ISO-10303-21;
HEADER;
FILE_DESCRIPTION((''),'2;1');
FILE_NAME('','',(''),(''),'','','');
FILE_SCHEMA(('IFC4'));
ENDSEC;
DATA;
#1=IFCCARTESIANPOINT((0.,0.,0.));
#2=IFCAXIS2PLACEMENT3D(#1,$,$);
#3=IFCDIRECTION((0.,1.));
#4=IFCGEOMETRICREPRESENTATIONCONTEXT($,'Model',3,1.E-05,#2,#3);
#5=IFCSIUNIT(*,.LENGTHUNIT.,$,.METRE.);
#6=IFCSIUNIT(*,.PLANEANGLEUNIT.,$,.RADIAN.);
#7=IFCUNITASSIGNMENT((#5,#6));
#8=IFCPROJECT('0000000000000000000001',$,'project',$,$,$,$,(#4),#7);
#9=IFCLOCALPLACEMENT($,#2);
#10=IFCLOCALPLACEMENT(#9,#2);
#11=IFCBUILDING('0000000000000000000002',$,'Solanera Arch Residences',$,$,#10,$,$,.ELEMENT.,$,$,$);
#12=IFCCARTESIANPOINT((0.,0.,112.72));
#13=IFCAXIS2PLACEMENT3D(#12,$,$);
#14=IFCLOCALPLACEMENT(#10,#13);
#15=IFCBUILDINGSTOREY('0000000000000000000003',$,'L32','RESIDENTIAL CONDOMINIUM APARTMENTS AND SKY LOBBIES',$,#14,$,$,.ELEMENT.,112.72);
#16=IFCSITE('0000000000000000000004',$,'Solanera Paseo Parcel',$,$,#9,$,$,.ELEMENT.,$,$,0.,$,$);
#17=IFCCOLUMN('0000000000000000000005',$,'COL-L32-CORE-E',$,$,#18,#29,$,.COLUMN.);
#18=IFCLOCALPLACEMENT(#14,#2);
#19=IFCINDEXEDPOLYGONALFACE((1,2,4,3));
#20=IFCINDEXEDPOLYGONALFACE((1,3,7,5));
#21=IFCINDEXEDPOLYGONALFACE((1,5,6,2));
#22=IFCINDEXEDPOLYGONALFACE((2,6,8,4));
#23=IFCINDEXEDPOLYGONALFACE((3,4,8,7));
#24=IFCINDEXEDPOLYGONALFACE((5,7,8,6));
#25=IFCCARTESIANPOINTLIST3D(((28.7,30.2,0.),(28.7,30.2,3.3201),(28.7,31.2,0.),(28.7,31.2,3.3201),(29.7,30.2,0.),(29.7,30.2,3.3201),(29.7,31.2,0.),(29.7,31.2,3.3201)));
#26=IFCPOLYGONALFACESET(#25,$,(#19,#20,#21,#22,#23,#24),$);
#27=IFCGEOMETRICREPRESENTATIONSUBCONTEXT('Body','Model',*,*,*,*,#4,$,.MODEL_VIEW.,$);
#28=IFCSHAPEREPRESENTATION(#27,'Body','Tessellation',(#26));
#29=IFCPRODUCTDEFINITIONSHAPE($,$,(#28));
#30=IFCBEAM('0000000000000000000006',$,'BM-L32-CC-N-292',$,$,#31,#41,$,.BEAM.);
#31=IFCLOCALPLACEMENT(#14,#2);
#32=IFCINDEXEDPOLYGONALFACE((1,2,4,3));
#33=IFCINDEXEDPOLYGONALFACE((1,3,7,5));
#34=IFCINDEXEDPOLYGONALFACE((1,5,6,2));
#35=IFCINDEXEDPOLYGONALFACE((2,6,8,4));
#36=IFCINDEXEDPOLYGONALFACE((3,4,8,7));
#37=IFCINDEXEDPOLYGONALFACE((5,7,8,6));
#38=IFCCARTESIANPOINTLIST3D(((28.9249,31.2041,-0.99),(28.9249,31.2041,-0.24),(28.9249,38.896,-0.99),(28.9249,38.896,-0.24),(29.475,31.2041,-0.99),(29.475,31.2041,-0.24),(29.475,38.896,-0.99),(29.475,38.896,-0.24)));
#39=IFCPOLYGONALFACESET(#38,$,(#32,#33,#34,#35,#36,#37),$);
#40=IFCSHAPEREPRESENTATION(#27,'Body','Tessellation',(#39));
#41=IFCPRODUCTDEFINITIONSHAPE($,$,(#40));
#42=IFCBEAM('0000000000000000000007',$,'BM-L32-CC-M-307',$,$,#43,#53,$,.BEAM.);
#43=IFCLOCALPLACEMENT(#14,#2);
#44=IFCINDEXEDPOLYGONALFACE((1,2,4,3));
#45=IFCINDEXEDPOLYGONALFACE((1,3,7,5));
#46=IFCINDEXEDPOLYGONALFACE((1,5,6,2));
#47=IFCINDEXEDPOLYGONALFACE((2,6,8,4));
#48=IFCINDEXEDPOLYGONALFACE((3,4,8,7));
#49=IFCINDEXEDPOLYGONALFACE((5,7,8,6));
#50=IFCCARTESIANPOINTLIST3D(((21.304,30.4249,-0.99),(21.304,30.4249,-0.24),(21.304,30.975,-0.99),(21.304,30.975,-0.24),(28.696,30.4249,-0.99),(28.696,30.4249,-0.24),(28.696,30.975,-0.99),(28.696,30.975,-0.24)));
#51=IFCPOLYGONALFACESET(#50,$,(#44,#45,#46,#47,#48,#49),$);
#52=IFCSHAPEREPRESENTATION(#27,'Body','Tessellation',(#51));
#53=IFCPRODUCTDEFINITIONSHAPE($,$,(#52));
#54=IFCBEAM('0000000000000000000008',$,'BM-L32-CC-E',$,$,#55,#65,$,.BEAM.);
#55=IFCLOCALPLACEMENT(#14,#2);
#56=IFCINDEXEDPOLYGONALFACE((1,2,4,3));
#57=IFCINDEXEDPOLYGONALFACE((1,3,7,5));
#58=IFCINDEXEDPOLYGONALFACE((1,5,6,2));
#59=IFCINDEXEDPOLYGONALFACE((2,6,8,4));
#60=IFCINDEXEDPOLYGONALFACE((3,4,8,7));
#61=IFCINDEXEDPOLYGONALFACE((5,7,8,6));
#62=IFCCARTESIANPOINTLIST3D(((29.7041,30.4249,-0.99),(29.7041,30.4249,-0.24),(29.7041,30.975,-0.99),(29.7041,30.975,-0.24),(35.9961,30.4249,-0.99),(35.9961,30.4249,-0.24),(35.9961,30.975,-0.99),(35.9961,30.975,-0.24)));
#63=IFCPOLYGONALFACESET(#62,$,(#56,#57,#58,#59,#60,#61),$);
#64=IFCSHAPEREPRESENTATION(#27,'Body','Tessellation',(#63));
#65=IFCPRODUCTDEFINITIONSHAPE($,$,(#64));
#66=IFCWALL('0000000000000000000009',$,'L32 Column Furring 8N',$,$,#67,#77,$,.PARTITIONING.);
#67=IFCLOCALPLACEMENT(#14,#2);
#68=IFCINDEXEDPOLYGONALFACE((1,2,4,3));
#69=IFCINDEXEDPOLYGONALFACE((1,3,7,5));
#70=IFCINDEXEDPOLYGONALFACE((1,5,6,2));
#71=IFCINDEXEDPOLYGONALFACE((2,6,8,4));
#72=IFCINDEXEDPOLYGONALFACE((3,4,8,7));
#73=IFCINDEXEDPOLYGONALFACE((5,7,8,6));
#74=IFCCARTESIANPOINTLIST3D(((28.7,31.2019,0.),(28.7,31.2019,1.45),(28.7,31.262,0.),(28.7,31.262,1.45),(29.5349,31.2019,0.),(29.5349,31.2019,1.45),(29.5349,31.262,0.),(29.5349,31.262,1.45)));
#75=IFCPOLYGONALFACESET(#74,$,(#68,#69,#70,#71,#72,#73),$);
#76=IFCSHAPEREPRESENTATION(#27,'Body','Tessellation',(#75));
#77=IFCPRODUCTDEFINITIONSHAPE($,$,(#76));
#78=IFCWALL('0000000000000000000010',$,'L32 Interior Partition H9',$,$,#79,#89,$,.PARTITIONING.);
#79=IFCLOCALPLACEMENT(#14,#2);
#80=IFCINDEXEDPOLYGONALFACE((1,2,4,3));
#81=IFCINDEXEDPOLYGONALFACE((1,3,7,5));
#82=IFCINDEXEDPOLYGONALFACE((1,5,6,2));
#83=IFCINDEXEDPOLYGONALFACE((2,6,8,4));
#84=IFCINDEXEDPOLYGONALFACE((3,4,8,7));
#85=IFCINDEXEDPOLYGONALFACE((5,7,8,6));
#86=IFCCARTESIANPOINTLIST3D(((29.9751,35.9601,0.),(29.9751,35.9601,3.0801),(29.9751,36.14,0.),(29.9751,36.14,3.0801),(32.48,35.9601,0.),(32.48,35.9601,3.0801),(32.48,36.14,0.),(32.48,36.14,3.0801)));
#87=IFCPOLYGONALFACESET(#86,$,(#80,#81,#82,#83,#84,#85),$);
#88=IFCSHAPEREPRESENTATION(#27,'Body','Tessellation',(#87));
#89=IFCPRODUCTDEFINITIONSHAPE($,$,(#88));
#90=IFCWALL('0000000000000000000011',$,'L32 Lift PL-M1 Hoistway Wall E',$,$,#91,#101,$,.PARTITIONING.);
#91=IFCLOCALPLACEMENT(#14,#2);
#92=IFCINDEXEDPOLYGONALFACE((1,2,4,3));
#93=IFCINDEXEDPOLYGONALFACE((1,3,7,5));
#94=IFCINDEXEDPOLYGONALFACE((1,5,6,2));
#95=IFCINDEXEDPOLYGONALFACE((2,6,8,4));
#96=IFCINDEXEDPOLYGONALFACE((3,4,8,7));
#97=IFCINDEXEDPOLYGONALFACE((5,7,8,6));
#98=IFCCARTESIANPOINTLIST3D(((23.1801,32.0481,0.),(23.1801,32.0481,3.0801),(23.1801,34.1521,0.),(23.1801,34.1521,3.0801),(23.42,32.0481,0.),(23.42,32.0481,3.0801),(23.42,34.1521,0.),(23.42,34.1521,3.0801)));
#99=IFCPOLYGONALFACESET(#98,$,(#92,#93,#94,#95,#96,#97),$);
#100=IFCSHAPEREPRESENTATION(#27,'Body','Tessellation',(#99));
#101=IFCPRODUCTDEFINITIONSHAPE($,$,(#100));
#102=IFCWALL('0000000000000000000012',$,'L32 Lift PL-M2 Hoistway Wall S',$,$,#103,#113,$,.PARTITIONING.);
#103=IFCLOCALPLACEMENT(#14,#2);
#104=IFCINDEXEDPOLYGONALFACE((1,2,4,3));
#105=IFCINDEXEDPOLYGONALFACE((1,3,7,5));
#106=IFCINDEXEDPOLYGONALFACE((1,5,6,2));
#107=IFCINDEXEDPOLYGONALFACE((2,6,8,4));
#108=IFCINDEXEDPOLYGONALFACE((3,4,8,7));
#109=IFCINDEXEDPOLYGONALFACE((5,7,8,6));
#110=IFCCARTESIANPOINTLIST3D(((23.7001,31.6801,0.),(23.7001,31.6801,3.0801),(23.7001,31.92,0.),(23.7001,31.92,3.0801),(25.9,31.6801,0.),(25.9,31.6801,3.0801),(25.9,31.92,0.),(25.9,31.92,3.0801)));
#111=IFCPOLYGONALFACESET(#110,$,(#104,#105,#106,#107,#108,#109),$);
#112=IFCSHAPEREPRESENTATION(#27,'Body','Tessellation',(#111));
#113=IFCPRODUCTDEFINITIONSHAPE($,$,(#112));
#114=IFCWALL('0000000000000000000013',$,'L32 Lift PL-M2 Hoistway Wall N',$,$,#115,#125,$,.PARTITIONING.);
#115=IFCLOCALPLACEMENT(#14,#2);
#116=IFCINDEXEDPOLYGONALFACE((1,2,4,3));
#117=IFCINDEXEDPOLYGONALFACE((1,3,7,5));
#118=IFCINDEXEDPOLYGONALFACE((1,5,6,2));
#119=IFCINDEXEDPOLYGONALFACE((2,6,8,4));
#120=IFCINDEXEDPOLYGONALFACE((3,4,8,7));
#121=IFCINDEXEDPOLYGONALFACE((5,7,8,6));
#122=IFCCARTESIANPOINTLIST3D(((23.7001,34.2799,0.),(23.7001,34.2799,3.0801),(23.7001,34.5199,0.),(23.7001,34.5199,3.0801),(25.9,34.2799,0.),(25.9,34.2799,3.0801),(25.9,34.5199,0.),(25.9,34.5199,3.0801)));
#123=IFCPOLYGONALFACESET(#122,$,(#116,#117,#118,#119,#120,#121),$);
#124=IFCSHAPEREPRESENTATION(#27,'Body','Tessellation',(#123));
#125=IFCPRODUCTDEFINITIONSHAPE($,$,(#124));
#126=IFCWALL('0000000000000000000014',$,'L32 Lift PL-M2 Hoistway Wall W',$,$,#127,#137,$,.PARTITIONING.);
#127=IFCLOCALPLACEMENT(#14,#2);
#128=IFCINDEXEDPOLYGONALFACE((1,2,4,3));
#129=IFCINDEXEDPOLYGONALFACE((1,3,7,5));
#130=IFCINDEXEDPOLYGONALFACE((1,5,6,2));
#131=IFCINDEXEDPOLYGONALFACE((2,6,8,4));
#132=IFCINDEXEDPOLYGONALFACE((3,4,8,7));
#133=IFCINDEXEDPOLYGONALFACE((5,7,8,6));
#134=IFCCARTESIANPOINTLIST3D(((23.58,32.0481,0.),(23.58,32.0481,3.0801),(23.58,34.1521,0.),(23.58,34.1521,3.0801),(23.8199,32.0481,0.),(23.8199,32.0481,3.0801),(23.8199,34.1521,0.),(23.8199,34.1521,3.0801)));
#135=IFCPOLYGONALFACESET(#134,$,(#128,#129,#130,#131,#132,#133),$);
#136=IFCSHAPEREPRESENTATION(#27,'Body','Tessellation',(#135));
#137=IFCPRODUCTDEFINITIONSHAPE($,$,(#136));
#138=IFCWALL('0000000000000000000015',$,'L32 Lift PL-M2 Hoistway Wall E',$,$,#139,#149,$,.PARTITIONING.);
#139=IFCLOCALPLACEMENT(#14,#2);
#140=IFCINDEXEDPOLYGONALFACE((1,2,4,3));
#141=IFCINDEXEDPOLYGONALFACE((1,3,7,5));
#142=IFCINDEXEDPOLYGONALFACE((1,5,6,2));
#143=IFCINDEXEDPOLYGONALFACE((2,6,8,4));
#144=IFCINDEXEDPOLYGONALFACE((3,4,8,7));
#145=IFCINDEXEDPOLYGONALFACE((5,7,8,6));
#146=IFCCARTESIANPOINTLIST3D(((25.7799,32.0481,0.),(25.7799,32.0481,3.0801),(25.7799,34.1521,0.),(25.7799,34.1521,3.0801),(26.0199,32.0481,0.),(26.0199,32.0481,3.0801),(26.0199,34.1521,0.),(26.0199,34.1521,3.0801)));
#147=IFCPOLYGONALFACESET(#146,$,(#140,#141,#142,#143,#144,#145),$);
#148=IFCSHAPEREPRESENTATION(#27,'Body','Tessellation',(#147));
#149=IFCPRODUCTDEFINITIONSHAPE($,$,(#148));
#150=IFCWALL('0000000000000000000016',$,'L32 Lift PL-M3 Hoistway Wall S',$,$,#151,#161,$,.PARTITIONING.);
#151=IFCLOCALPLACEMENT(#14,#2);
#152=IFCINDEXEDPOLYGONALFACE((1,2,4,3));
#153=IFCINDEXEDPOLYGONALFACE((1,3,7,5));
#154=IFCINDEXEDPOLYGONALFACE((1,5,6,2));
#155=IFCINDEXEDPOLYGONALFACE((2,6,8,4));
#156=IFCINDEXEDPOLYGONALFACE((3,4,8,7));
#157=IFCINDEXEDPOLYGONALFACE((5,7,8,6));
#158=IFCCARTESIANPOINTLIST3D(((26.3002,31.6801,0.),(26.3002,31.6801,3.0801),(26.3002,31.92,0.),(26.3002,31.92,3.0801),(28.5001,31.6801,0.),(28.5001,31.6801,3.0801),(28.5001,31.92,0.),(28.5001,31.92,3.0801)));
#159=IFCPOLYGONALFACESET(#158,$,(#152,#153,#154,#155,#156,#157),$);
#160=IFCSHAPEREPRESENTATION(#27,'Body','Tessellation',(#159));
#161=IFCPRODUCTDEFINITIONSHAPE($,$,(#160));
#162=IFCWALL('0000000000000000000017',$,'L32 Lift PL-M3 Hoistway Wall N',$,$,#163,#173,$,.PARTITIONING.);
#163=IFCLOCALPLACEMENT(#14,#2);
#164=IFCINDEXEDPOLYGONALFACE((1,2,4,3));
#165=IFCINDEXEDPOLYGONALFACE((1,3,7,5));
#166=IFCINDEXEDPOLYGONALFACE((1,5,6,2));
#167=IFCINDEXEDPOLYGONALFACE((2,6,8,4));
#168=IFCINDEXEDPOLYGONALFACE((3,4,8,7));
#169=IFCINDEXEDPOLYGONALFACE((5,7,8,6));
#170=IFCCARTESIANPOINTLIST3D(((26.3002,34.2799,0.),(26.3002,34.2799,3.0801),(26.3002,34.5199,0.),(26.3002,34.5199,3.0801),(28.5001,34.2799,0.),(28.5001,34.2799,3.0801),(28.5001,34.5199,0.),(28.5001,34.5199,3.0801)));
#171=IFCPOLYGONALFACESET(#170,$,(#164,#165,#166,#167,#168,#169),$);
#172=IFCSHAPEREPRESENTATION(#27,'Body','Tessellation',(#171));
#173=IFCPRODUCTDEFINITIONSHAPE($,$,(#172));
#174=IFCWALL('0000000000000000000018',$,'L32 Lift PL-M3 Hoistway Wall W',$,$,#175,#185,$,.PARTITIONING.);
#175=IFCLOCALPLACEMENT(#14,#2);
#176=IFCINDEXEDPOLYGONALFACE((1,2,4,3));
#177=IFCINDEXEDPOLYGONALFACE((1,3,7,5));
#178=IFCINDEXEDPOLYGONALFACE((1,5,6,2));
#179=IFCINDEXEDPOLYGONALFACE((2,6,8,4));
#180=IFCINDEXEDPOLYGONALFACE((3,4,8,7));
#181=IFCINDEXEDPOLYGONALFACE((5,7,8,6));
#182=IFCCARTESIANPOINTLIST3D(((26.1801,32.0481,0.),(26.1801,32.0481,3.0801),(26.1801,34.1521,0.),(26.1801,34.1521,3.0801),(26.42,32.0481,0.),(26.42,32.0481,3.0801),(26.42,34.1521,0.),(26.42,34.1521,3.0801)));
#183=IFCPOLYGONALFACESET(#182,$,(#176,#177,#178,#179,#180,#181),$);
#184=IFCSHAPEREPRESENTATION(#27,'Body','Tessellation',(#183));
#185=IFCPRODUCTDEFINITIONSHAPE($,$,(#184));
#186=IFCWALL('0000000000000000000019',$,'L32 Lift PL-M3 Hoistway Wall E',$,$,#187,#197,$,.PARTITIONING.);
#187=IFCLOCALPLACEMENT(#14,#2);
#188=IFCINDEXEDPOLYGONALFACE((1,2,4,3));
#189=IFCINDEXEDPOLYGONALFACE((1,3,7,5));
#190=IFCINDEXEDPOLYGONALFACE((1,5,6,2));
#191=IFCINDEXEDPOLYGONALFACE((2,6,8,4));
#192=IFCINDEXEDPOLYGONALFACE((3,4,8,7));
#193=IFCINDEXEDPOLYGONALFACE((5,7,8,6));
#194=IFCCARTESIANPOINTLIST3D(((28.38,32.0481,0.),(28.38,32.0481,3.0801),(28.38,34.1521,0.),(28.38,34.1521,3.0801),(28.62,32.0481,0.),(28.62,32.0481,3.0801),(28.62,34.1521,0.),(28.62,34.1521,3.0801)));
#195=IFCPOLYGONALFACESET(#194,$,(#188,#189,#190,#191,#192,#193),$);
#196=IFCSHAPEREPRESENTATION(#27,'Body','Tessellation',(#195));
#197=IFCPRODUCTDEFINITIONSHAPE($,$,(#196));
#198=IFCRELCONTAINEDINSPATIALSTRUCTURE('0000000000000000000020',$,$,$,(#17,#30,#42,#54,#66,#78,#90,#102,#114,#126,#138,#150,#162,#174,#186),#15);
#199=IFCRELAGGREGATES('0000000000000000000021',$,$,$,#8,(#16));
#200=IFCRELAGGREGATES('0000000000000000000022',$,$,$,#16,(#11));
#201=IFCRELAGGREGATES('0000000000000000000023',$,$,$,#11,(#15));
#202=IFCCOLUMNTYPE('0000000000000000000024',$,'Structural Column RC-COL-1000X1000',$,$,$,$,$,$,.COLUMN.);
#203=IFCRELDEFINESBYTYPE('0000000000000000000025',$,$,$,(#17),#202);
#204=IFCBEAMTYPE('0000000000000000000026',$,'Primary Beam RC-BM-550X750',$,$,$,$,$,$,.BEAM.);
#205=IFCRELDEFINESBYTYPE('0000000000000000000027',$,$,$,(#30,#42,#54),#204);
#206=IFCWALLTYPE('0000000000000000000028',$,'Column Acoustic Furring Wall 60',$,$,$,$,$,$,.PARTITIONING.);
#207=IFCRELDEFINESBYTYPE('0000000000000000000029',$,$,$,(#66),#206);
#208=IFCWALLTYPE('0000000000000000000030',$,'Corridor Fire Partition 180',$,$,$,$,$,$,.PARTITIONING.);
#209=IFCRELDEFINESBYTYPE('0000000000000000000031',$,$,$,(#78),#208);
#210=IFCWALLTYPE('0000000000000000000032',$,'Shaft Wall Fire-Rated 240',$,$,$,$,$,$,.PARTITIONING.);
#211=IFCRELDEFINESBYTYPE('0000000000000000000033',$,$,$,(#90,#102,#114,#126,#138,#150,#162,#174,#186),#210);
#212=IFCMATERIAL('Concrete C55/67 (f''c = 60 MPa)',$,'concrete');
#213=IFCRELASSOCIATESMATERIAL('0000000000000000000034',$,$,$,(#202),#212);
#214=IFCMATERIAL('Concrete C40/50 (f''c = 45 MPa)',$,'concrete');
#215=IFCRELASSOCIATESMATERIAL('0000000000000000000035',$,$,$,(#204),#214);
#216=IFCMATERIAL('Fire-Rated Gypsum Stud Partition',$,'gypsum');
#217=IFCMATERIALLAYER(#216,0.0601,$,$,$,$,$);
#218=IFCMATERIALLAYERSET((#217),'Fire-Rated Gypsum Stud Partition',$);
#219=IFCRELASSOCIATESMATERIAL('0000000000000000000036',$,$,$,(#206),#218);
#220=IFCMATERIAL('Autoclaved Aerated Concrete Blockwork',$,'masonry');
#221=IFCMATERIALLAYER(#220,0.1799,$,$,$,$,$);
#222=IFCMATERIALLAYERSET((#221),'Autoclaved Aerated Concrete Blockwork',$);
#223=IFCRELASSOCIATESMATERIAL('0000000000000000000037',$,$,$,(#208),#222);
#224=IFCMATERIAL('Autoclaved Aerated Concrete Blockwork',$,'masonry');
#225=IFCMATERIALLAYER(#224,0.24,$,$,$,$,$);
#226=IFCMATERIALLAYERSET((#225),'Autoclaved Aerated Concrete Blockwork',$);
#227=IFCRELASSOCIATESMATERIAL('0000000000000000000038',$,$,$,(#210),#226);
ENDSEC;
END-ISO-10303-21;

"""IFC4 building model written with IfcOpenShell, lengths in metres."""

from ifc_helpers import new_model, si_unit, direction, frame, frame_2d, origin, origin_2d, place, context, subcontext, project, spatial, rectangle, extrude, material, layer, layer_set, material_profile, profile_set, type_object, element, save


model = new_model("IFC4")

# Units and contexts
model_context = context("Model", 3, precision=1e-05, world=origin(), true_north=direction((0.0, 1.0)))
body_context = subcontext(model_context, "Body", "Model", "MODEL_VIEW")
ifc_project = project(units=[si_unit("LENGTHUNIT", "METRE"), si_unit("PLANEANGLEUNIT", "RADIAN")], contexts=[model_context])

# Site, building, storey
site_placement = place(None, origin())
site = spatial("IfcSite", under=ifc_project, at=site_placement, Name="Solanera Paseo Parcel", CompositionType="ELEMENT", RefElevation=0.0)
building_placement = place(site_placement, origin())
building = spatial("IfcBuilding", under=site, at=building_placement, Name="Solanera Arch Residences", CompositionType="ELEMENT")
storey_placement = place(building_placement, frame((0.0, 0.0, 112.72)))
storey = spatial("IfcBuildingStorey", under=building, at=storey_placement, Name="L32", Description="RESIDENTIAL CONDOMINIUM APARTMENTS AND SKY LOBBIES", CompositionType="ELEMENT", Elevation=112.72)

# Column
ifc_material_1 = material(Name="Concrete C55/67 (f'c = 60 MPa)", Category="concrete")
ifc_material_profile_1 = material_profile(ifc_material_1, rectangle(XDim=1.0, YDim=1.0, at=origin_2d()))
ifc_profile_set_1 = profile_set([ifc_material_profile_1], Name="Concrete C55/67 (f'c = 60 MPa)")
column_type = type_object("IfcColumnType", Name="Structural Column RC-COL-1000X1000", PredefinedType="COLUMN", material=ifc_profile_set_1)
column_placement = place(storey_placement, frame((29.2, 30.7, 0.0), z_axis=(0.0, 0.0, 1.0), x_axis=(1.0, 0.0, 0.0)))
element("IfcColumn", 1, at=column_placement, inside=storey, type_object=column_type, Name="COL-L32-CORE-E", PredefinedType="COLUMN", context=body_context, shape_type="SweptSolid", body=[
    extrude(rectangle(XDim=1.0, YDim=1.0, at=origin_2d()), origin(), (0.0, 0.0, 1.0), 3.3201),
])

# Beams
ifc_material_2 = material(Name="Concrete C40/50 (f'c = 45 MPa)", Category="concrete")
ifc_material_profile_2 = material_profile(ifc_material_2, rectangle(XDim=0.55, YDim=0.75, at=origin_2d()))
ifc_profile_set_2 = profile_set([ifc_material_profile_2], Name="Concrete C40/50 (f'c = 45 MPa)")
beam_type = type_object("IfcBeamType", Name="Primary Beam RC-BM-550X750", PredefinedType="BEAM", material=ifc_profile_set_2)
beam_1_placement = place(storey_placement, frame((29.2, 31.2041, -0.615), z_axis=(0.0, 1.0, 0.0), x_axis=(-1.0, 0.0, 0.0)))
element("IfcBeam", 2, at=beam_1_placement, inside=storey, type_object=beam_type, Name="BM-L32-CC-N-292", PredefinedType="BEAM", context=body_context, shape_type="SweptSolid", body=[
    extrude(rectangle(XDim=0.55, YDim=0.75, at=origin_2d()), origin(), (0.0, 0.0, 1.0), 7.6919),
])
beam_2_placement = place(storey_placement, frame((21.304, 30.7, -0.615), z_axis=(1.0, 0.0, 0.0), x_axis=(0.0, 1.0, 0.0)))
element("IfcBeam", 3, at=beam_2_placement, inside=storey, type_object=beam_type, Name="BM-L32-CC-M-307", PredefinedType="BEAM", context=body_context, shape_type="SweptSolid", body=[
    extrude(rectangle(XDim=0.55, YDim=0.75, at=origin_2d()), origin(), (0.0, 0.0, 1.0), 7.3921),
])
beam_3_placement = place(storey_placement, frame((29.7041, 30.7, -0.615), z_axis=(1.0, 0.0, 0.0), x_axis=(0.0, 1.0, 0.0)))
element("IfcBeam", 4, at=beam_3_placement, inside=storey, type_object=beam_type, Name="BM-L32-CC-E", PredefinedType="BEAM", context=body_context, shape_type="SweptSolid", body=[
    extrude(rectangle(XDim=0.55, YDim=0.75, at=origin_2d()), origin(), (0.0, 0.0, 1.0), 6.292),
])

# Walls
ifc_material_3 = material(Name="Fire-Rated Gypsum Stud Partition", Category="gypsum")
ifc_layer_1 = layer(ifc_material_3, 0.0601)
ifc_layer_set_1 = layer_set([ifc_layer_1], Name="Fire-Rated Gypsum Stud Partition")
wall_type_1 = type_object("IfcWallType", Name="Column Acoustic Furring Wall 60", PredefinedType="PARTITIONING", material=ifc_layer_set_1)
wall_1_placement = place(storey_placement, frame((28.7, 31.2319, 0.0), z_axis=(0.0, 0.0, 1.0), x_axis=(1.0, 0.0, 0.0)))
element("IfcWall", 5, at=wall_1_placement, inside=storey, type_object=wall_type_1, Name="L32 Column Furring 8N", PredefinedType="PARTITIONING", context=body_context, shape_type="SweptSolid", body=[
    extrude(rectangle(XDim=0.835, YDim=0.0601, at=frame_2d((0.4175, 0.0))), origin(), (0.0, 0.0, 1.0), 1.45),
])
ifc_material_4 = material(Name="Autoclaved Aerated Concrete Blockwork", Category="masonry")
ifc_layer_2 = layer(ifc_material_4, 0.1799)
ifc_layer_set_2 = layer_set([ifc_layer_2], Name="Autoclaved Aerated Concrete Blockwork")
wall_type_2 = type_object("IfcWallType", Name="Corridor Fire Partition 180", PredefinedType="PARTITIONING", material=ifc_layer_set_2)
wall_2_placement = place(storey_placement, frame((29.9751, 36.05, 0.0), z_axis=(0.0, 0.0, 1.0), x_axis=(1.0, 0.0, 0.0)))
element("IfcWall", 6, at=wall_2_placement, inside=storey, type_object=wall_type_2, Name="L32 Interior Partition H9", PredefinedType="PARTITIONING", context=body_context, shape_type="SweptSolid", body=[
    extrude(rectangle(XDim=2.5049, YDim=0.1799, at=frame_2d((1.2524, 0.0))), origin(), (0.0, 0.0, 1.0), 3.0801),
])
ifc_material_5 = material(Name="Autoclaved Aerated Concrete Blockwork", Category="masonry")
ifc_layer_3 = layer(ifc_material_5, 0.24)
ifc_layer_set_3 = layer_set([ifc_layer_3], Name="Autoclaved Aerated Concrete Blockwork")
wall_type_3 = type_object("IfcWallType", Name="Shaft Wall Fire-Rated 240", PredefinedType="PARTITIONING", material=ifc_layer_set_3)
wall_3_placement = place(storey_placement, frame((23.3, 32.0481, 0.0), z_axis=(0.0, 0.0, 1.0), x_axis=(0.0, 1.0, 0.0)))
element("IfcWall", 7, at=wall_3_placement, inside=storey, type_object=wall_type_3, Name="L32 Lift PL-M1 Hoistway Wall E", PredefinedType="PARTITIONING", context=body_context, shape_type="SweptSolid", body=[
    extrude(rectangle(XDim=2.104, YDim=0.24, at=frame_2d((1.052, 0.0))), origin(), (0.0, 0.0, 1.0), 3.0801),
])
for number, where, z_axis, x_axis, name in (
    (8, (23.7, 31.8, 0.0), (0.0, 0.0, 1.0), (1.0, 0.0, 0.0), "L32 Lift PL-M2 Hoistway Wall S"),
    (9, (23.7, 34.3999, 0.0), (0.0, 0.0, 1.0), (1.0, 0.0, 0.0), "L32 Lift PL-M2 Hoistway Wall N"),
):
    element("IfcWall", number, at=place(storey_placement, frame(where, z_axis=z_axis, x_axis=x_axis)), inside=storey, type_object=wall_type_3, Name=name, PredefinedType="PARTITIONING", context=body_context, shape_type="SweptSolid", body=[
        extrude(rectangle(XDim=2.2, YDim=0.24, at=frame_2d((1.1001, 0.0))), origin(), (0.0, 0.0, 1.0), 3.0801),
    ])
for number, where, z_axis, x_axis, name in (
    (10, (23.7, 32.0481, 0.0), (0.0, 0.0, 1.0), (0.0, 1.0, 0.0), "L32 Lift PL-M2 Hoistway Wall W"),
    (11, (25.8999, 32.0481, 0.0), (0.0, 0.0, 1.0), (0.0, 1.0, 0.0), "L32 Lift PL-M2 Hoistway Wall E"),
):
    element("IfcWall", number, at=place(storey_placement, frame(where, z_axis=z_axis, x_axis=x_axis)), inside=storey, type_object=wall_type_3, Name=name, PredefinedType="PARTITIONING", context=body_context, shape_type="SweptSolid", body=[
        extrude(rectangle(XDim=2.104, YDim=0.24, at=frame_2d((1.052, 0.0))), origin(), (0.0, 0.0, 1.0), 3.0801),
    ])
for number, where, z_axis, x_axis, name in (
    (12, (26.3, 31.8, 0.0), (0.0, 0.0, 1.0), (1.0, 0.0, 0.0), "L32 Lift PL-M3 Hoistway Wall S"),
    (13, (26.3, 34.3999, 0.0), (0.0, 0.0, 1.0), (1.0, 0.0, 0.0), "L32 Lift PL-M3 Hoistway Wall N"),
):
    element("IfcWall", number, at=place(storey_placement, frame(where, z_axis=z_axis, x_axis=x_axis)), inside=storey, type_object=wall_type_3, Name=name, PredefinedType="PARTITIONING", context=body_context, shape_type="SweptSolid", body=[
        extrude(rectangle(XDim=2.2, YDim=0.24, at=frame_2d((1.1001, 0.0))), origin(), (0.0, 0.0, 1.0), 3.0801),
    ])
for number, where, z_axis, x_axis, name in (
    (14, (26.3, 32.0481, 0.0), (0.0, 0.0, 1.0), (0.0, 1.0, 0.0), "L32 Lift PL-M3 Hoistway Wall W"),
    (15, (28.5, 32.0481, 0.0), (0.0, 0.0, 1.0), (0.0, 1.0, 0.0), "L32 Lift PL-M3 Hoistway Wall E"),
):
    element("IfcWall", number, at=place(storey_placement, frame(where, z_axis=z_axis, x_axis=x_axis)), inside=storey, type_object=wall_type_3, Name=name, PredefinedType="PARTITIONING", context=body_context, shape_type="SweptSolid", body=[
        extrude(rectangle(XDim=2.104, YDim=0.24, at=frame_2d((1.052, 0.0))), origin(), (0.0, 0.0, 1.0), 3.0801),
    ])

save(model, "model.ifc")
